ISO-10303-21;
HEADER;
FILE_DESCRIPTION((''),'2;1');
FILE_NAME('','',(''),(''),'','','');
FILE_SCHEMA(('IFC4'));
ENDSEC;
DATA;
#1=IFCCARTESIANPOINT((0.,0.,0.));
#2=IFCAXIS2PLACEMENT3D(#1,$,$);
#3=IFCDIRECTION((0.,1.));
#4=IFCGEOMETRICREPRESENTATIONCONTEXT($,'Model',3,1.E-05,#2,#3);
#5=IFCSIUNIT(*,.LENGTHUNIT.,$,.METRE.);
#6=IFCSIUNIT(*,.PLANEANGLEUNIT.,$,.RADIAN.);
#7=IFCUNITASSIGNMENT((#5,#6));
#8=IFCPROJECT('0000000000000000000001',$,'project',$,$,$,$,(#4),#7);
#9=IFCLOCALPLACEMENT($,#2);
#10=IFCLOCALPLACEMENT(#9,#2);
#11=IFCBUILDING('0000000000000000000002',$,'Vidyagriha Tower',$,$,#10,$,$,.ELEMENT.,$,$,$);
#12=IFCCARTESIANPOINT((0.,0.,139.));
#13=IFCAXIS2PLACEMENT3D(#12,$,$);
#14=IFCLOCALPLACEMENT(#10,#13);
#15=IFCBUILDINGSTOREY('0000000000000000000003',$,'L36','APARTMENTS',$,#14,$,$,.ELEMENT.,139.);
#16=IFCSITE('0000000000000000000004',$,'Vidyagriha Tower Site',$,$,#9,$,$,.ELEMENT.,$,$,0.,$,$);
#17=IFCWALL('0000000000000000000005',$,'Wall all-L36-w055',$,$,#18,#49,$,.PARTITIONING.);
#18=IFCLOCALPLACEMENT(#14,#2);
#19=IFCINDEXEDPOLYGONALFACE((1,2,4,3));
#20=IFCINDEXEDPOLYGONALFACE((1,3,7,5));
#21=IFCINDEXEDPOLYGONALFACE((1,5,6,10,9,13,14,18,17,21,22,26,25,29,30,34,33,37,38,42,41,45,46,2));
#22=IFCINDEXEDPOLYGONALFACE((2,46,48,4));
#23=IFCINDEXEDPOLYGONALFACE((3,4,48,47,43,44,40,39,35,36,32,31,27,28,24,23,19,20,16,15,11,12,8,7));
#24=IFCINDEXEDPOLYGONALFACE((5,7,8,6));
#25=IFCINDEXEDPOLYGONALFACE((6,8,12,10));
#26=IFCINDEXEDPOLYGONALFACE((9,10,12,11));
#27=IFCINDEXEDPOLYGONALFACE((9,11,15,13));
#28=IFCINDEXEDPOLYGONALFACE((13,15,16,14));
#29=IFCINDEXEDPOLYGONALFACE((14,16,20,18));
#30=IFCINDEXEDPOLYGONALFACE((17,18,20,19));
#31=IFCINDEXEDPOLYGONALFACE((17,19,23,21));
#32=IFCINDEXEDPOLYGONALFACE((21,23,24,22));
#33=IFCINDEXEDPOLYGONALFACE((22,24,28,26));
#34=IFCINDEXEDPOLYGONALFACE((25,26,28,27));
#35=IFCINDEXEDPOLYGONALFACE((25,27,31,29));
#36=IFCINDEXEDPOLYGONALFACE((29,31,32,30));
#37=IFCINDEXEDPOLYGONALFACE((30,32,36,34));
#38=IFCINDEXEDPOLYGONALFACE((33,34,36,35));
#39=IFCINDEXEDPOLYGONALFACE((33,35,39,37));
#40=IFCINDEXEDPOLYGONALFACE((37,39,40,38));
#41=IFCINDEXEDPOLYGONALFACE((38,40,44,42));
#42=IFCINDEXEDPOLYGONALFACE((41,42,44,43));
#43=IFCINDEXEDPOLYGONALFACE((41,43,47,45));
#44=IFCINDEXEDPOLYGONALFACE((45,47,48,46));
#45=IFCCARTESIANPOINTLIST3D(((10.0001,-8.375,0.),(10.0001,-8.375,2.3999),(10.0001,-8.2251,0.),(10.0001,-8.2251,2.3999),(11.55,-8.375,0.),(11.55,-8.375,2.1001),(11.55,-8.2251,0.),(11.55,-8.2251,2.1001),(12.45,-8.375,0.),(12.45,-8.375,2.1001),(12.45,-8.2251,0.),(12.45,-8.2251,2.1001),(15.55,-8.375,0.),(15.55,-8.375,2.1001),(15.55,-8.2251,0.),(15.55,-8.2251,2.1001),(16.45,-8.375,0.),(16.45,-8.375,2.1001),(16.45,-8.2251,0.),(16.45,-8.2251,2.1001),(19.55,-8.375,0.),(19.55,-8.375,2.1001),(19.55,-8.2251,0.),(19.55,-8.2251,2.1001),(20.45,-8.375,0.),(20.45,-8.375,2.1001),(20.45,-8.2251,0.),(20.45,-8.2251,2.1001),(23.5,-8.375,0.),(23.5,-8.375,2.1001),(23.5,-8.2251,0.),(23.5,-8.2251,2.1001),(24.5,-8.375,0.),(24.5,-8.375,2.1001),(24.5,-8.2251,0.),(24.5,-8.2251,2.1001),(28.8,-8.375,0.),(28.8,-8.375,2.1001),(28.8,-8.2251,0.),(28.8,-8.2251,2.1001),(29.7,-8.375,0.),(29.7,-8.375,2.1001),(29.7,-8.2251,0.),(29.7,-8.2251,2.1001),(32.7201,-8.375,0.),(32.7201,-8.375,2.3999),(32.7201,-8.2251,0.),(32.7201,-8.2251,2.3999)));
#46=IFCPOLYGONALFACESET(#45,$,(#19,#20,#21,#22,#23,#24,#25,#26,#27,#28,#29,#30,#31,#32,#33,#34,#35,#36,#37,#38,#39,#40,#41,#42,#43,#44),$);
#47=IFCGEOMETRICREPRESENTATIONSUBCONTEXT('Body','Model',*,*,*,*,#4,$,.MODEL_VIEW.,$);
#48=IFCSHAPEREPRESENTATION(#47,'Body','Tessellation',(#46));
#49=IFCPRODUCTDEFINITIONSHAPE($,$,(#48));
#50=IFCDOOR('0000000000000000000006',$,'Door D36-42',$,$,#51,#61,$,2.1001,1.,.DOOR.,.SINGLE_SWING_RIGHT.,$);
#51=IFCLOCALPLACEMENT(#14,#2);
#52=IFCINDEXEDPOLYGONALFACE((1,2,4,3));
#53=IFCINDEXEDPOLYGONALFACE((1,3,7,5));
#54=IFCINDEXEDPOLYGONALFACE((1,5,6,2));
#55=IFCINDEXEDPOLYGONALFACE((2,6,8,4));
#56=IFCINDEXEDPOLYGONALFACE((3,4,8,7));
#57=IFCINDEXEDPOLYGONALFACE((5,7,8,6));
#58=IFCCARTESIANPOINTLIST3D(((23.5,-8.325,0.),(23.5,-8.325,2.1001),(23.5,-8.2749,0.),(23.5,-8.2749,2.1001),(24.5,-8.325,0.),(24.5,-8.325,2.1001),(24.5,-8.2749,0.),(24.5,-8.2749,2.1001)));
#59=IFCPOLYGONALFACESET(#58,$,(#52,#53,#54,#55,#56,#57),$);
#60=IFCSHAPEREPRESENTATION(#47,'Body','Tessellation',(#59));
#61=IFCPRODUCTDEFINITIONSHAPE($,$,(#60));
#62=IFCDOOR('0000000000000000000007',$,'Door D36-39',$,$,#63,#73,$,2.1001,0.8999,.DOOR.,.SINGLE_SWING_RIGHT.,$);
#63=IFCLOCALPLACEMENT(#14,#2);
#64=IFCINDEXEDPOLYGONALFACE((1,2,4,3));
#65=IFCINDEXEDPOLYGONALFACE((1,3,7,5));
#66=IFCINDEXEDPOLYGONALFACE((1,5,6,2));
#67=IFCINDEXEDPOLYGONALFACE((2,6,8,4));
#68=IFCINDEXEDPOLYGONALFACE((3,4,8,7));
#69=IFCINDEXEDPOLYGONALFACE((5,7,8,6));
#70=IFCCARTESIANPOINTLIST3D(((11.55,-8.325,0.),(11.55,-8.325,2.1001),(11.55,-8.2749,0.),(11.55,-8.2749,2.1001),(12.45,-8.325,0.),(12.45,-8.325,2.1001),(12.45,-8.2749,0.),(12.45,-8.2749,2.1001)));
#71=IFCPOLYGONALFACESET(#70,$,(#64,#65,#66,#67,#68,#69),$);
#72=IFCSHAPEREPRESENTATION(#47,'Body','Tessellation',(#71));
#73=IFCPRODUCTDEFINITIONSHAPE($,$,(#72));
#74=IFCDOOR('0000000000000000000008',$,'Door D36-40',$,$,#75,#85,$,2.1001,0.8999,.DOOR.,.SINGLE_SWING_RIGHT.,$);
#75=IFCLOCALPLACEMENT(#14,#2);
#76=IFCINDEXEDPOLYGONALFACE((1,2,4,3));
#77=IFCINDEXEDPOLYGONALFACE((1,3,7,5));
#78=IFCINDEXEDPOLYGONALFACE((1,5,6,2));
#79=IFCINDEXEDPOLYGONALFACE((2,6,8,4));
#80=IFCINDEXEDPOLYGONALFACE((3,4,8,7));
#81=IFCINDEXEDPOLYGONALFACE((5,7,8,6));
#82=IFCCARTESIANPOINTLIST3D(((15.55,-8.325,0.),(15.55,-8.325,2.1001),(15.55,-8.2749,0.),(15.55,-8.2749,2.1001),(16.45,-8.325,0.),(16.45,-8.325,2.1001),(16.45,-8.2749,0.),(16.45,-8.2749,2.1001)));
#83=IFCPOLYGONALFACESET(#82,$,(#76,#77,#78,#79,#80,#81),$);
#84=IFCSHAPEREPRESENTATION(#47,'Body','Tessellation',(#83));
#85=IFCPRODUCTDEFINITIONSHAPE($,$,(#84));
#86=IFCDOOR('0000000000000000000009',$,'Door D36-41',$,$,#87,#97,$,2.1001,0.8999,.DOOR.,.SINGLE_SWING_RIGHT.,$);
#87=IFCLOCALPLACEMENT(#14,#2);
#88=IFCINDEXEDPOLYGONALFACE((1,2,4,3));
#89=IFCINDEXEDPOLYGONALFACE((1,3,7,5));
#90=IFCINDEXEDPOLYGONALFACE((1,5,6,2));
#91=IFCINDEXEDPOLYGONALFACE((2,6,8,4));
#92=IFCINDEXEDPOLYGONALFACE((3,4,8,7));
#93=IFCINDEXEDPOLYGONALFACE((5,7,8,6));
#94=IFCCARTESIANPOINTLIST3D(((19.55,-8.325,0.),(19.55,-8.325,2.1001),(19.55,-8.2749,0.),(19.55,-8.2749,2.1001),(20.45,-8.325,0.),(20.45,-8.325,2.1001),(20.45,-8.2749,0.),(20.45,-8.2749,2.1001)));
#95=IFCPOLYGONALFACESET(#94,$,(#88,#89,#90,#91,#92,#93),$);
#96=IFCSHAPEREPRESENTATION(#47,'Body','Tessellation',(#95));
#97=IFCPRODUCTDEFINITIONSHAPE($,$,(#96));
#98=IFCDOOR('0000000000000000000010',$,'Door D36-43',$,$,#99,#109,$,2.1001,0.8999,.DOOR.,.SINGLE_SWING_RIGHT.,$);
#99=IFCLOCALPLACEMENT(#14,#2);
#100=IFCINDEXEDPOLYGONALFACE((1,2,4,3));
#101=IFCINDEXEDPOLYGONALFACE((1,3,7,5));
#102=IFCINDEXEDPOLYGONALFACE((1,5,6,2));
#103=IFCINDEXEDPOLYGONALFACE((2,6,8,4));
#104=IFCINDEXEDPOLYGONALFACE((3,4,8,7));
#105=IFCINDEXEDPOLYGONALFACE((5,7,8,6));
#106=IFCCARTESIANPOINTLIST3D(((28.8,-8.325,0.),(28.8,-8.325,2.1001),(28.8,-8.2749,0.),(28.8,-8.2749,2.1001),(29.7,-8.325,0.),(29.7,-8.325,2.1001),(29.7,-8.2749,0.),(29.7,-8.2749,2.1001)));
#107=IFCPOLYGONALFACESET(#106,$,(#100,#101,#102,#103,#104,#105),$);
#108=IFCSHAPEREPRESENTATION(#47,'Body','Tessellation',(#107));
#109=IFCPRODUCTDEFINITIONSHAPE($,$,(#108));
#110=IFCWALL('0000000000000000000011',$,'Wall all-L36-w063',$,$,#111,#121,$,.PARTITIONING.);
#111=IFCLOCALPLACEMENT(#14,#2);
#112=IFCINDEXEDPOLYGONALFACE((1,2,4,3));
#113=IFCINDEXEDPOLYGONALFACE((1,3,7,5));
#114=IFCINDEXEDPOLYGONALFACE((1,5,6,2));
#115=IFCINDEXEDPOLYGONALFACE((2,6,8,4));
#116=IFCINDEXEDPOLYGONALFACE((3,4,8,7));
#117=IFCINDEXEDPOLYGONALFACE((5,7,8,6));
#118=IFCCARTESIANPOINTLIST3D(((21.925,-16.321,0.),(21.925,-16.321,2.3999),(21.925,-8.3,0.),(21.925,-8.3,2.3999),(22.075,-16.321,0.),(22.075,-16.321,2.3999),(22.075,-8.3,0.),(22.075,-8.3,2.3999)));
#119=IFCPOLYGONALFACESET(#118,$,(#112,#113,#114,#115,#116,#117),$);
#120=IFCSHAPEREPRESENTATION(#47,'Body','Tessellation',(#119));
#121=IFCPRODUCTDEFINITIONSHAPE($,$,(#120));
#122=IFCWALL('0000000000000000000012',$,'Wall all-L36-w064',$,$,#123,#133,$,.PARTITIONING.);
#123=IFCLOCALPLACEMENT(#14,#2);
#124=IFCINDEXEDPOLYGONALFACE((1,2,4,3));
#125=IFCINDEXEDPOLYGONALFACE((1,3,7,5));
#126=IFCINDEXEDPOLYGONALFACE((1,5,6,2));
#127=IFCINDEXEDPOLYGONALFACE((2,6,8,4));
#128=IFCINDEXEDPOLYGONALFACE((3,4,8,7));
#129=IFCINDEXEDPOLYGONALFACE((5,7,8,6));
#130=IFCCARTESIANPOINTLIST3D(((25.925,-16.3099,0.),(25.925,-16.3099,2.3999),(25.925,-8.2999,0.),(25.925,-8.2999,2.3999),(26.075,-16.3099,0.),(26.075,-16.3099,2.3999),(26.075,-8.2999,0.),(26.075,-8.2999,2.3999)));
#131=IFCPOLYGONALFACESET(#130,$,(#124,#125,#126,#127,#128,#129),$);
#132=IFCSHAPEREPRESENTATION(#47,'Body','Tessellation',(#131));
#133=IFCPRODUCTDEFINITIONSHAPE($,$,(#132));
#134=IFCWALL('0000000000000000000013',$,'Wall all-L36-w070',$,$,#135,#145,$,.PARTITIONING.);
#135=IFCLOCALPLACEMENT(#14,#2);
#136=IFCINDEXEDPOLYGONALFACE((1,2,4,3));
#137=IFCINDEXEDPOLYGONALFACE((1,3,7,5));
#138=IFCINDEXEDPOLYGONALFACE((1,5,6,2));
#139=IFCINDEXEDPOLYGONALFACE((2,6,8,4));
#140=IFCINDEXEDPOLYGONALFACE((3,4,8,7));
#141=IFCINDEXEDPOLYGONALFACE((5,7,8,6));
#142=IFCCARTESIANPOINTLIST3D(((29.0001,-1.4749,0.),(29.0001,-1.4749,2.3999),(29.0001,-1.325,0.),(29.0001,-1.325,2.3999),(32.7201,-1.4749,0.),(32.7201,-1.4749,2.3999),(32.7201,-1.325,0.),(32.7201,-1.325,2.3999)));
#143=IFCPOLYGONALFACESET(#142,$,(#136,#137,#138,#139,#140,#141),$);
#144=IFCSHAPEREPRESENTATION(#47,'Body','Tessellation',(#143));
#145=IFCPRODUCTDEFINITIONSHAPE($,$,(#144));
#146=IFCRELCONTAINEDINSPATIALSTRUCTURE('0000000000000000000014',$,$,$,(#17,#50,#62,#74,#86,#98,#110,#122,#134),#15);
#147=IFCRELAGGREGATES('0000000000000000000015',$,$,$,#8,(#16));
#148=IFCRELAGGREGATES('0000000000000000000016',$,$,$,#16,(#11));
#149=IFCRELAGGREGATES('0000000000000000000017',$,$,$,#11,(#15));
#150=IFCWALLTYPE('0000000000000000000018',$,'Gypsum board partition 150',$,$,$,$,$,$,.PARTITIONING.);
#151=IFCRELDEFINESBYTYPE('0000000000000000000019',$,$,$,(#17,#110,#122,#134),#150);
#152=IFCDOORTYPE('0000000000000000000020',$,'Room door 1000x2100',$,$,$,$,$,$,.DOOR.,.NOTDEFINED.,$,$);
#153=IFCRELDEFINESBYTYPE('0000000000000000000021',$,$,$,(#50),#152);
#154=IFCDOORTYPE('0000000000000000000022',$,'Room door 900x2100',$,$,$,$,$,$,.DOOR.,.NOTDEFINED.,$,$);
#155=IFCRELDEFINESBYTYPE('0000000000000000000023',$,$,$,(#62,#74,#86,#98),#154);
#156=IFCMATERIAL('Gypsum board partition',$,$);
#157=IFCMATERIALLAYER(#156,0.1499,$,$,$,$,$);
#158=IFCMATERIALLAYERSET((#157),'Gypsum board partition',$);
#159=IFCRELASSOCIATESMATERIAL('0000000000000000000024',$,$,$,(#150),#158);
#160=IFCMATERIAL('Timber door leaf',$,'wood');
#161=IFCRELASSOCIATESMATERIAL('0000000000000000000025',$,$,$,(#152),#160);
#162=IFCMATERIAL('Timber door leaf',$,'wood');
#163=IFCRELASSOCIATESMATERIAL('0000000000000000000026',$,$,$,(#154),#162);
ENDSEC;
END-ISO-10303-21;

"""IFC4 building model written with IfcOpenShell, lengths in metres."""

from ifc_helpers import new_model, si_unit, direction, frame, frame_2d, origin, place, context, subcontext, project, spatial, rectangle, extrude, material, layer, layer_set, type_object, element, fill, save


model = new_model("IFC4")

# Units and contexts
model_context = context("Model", 3, precision=1e-05, world=origin(), true_north=direction((0.0, 1.0)))
body_context = subcontext(model_context, "Body", "Model", "MODEL_VIEW")
ifc_project = project(units=[si_unit("LENGTHUNIT", "METRE"), si_unit("PLANEANGLEUNIT", "RADIAN")], contexts=[model_context])

# Site, building, storey
site_placement = place(None, origin())
site = spatial("IfcSite", under=ifc_project, at=site_placement, Name="Vidyagriha Tower Site", CompositionType="ELEMENT", RefElevation=0.0)
building_placement = place(site_placement, origin())
building = spatial("IfcBuilding", under=site, at=building_placement, Name="Vidyagriha Tower", CompositionType="ELEMENT")
storey_placement = place(building_placement, frame((0.0, 0.0, 139.0)))
storey = spatial("IfcBuildingStorey", under=building, at=storey_placement, Name="L36", Description="APARTMENTS", CompositionType="ELEMENT", Elevation=139.0)

# Shared definitions
ifc_material_1 = material(Name="Gypsum board partition")
ifc_layer_1 = layer(ifc_material_1, 0.1499)
ifc_layer_set_1 = layer_set([ifc_layer_1], Name="Gypsum board partition")
wall_type_1 = type_object("IfcWallType", Name="Gypsum board partition 150", PredefinedType="PARTITIONING", material=ifc_layer_set_1)

# Wall, openings, doors
wall_1_placement = place(storey_placement, frame((32.72, -8.3, 0.0), z_axis=(0.0, 0.0, 1.0), x_axis=(-1.0, 0.0, 0.0)))
wall_1 = element("IfcWall", 1, at=wall_1_placement, inside=storey, type_object=wall_type_1, Name="Wall all-L36-w055", PredefinedType="PARTITIONING", context=body_context, shape_type="SweptSolid", body=[
    extrude(rectangle(XDim=22.72, YDim=0.1499, at=frame_2d((11.3599, 0.0))), origin(), (0.0, 0.0, 1.0), 2.3999),
])
opening_1_placement = place(wall_1_placement, frame((20.27, 0.0, 0.0)))
opening_1 = element("IfcOpeningElement", 2, at=opening_1_placement, cuts=wall_1, PredefinedType="OPENING", context=body_context, shape_type="SweptSolid", body=[
    extrude(rectangle(XDim=0.8999, YDim=2.1001, at=frame_2d((0.45, 1.05))), frame((0.0, 0.085, 0.0), z_axis=(0.0, -1.0, 0.0), x_axis=(1.0, 0.0, 0.0)), (0.0, 0.0, 1.0), 0.1699),
])
opening_2_placement = place(wall_1_placement, frame((16.27, 0.0, 0.0)))
opening_2 = element("IfcOpeningElement", 3, at=opening_2_placement, cuts=wall_1, PredefinedType="OPENING", context=body_context, shape_type="SweptSolid", body=[
    extrude(rectangle(XDim=0.8999, YDim=2.1001, at=frame_2d((0.45, 1.05))), frame((0.0, 0.085, 0.0), z_axis=(0.0, -1.0, 0.0), x_axis=(1.0, 0.0, 0.0)), (0.0, 0.0, 1.0), 0.1699),
])
opening_3_placement = place(wall_1_placement, frame((12.27, 0.0, 0.0)))
opening_3 = element("IfcOpeningElement", 4, at=opening_3_placement, cuts=wall_1, PredefinedType="OPENING", context=body_context, shape_type="SweptSolid", body=[
    extrude(rectangle(XDim=0.8999, YDim=2.1001, at=frame_2d((0.45, 1.05))), frame((0.0, 0.085, 0.0), z_axis=(0.0, -1.0, 0.0), x_axis=(1.0, 0.0, 0.0)), (0.0, 0.0, 1.0), 0.1699),
])
opening_4_placement = place(wall_1_placement, frame((8.22, 0.0, 0.0)))
opening_4 = element("IfcOpeningElement", 5, at=opening_4_placement, cuts=wall_1, PredefinedType="OPENING", context=body_context, shape_type="SweptSolid", body=[
    extrude(rectangle(XDim=1.0, YDim=2.1001, at=frame_2d((0.5, 1.05))), frame((0.0, 0.085, 0.0), z_axis=(0.0, -1.0, 0.0), x_axis=(1.0, 0.0, 0.0)), (0.0, 0.0, 1.0), 0.1699),
])
opening_5_placement = place(wall_1_placement, frame((3.02, 0.0, 0.0)))
opening_5 = element("IfcOpeningElement", 6, at=opening_5_placement, cuts=wall_1, PredefinedType="OPENING", context=body_context, shape_type="SweptSolid", body=[
    extrude(rectangle(XDim=0.8999, YDim=2.1001, at=frame_2d((0.45, 1.05))), frame((0.0, 0.085, 0.0), z_axis=(0.0, -1.0, 0.0), x_axis=(1.0, 0.0, 0.0)), (0.0, 0.0, 1.0), 0.1699),
])
ifc_material_2 = material(Name="Timber door leaf", Category="wood")
door_type_1 = type_object("IfcDoorType", Name="Room door 1000x2100", OperationType="NOTDEFINED", PredefinedType="DOOR", material=ifc_material_2)
door_1_placement = place(opening_4_placement, origin())
door_1 = element("IfcDoor", 7, at=door_1_placement, inside=storey, type_object=door_type_1, Name="Door D36-42", OperationType="SINGLE_SWING_RIGHT", OverallHeight=2.1001, OverallWidth=1.0, PredefinedType="DOOR", context=body_context, shape_type="SweptSolid", body=[
    extrude(rectangle(XDim=1.0, YDim=2.1001, at=frame_2d((0.5, 1.05))), frame((0.0, 0.0249, 0.0), z_axis=(0.0, -1.0, 0.0), x_axis=(1.0, 0.0, 0.0)), (0.0, 0.0, 1.0), 0.05),
])
fill(opening_4, door_1)
ifc_material_3 = material(Name="Timber door leaf", Category="wood")
door_type_2 = type_object("IfcDoorType", Name="Room door 900x2100", OperationType="NOTDEFINED", PredefinedType="DOOR", material=ifc_material_3)
door_2_placement = place(opening_1_placement, origin())
door_2 = element("IfcDoor", 8, at=door_2_placement, inside=storey, type_object=door_type_2, Name="Door D36-39", OperationType="SINGLE_SWING_RIGHT", OverallHeight=2.1001, OverallWidth=0.8999, PredefinedType="DOOR", context=body_context, shape_type="SweptSolid", body=[
    extrude(rectangle(XDim=0.8999, YDim=2.1001, at=frame_2d((0.45, 1.05))), frame((0.0, 0.0249, 0.0), z_axis=(0.0, -1.0, 0.0), x_axis=(1.0, 0.0, 0.0)), (0.0, 0.0, 1.0), 0.05),
])
fill(opening_1, door_2)
door_3_placement = place(opening_2_placement, origin())
door_3 = element("IfcDoor", 9, at=door_3_placement, inside=storey, type_object=door_type_2, Name="Door D36-40", OperationType="SINGLE_SWING_RIGHT", OverallHeight=2.1001, OverallWidth=0.8999, PredefinedType="DOOR", context=body_context, shape_type="SweptSolid", body=[
    extrude(rectangle(XDim=0.8999, YDim=2.1001, at=frame_2d((0.45, 1.05))), frame((0.0, 0.0249, 0.0), z_axis=(0.0, -1.0, 0.0), x_axis=(1.0, 0.0, 0.0)), (0.0, 0.0, 1.0), 0.05),
])
fill(opening_2, door_3)
door_4_placement = place(opening_3_placement, origin())
door_4 = element("IfcDoor", 10, at=door_4_placement, inside=storey, type_object=door_type_2, Name="Door D36-41", OperationType="SINGLE_SWING_RIGHT", OverallHeight=2.1001, OverallWidth=0.8999, PredefinedType="DOOR", context=body_context, shape_type="SweptSolid", body=[
    extrude(rectangle(XDim=0.8999, YDim=2.1001, at=frame_2d((0.45, 1.05))), frame((0.0, 0.0249, 0.0), z_axis=(0.0, -1.0, 0.0), x_axis=(1.0, 0.0, 0.0)), (0.0, 0.0, 1.0), 0.05),
])
fill(opening_3, door_4)
door_5_placement = place(opening_5_placement, origin())
door_5 = element("IfcDoor", 11, at=door_5_placement, inside=storey, type_object=door_type_2, Name="Door D36-43", OperationType="SINGLE_SWING_RIGHT", OverallHeight=2.1001, OverallWidth=0.8999, PredefinedType="DOOR", context=body_context, shape_type="SweptSolid", body=[
    extrude(rectangle(XDim=0.8999, YDim=2.1001, at=frame_2d((0.45, 1.05))), frame((0.0, 0.0249, 0.0), z_axis=(0.0, -1.0, 0.0), x_axis=(1.0, 0.0, 0.0)), (0.0, 0.0, 1.0), 0.05),
])
fill(opening_5, door_5)

# Walls
wall_2_placement = place(storey_placement, frame((22.0, -8.3, 0.0), z_axis=(0.0, 0.0, 1.0), x_axis=(0.0, -1.0, 0.0)))
element("IfcWall", 12, at=wall_2_placement, inside=storey, type_object=wall_type_1, Name="Wall all-L36-w063", PredefinedType="PARTITIONING", context=body_context, shape_type="SweptSolid", body=[
    extrude(rectangle(XDim=8.021, YDim=0.1499, at=frame_2d((4.0105, 0.0))), origin(), (0.0, 0.0, 1.0), 2.3999),
])
wall_3_placement = place(storey_placement, frame((26.0, -8.3, 0.0), z_axis=(0.0, 0.0, 1.0), x_axis=(0.0, -1.0, 0.0)))
element("IfcWall", 13, at=wall_3_placement, inside=storey, type_object=wall_type_1, Name="Wall all-L36-w064", PredefinedType="PARTITIONING", context=body_context, shape_type="SweptSolid", body=[
    extrude(rectangle(XDim=8.01, YDim=0.1499, at=frame_2d((4.0049, 0.0))), origin(), (0.0, 0.0, 1.0), 2.3999),
])
wall_4_placement = place(storey_placement, frame((32.72, -1.3999, 0.0), z_axis=(0.0, 0.0, 1.0), x_axis=(-1.0, 0.0, 0.0)))
element("IfcWall", 14, at=wall_4_placement, inside=storey, type_object=wall_type_1, Name="Wall all-L36-w070", PredefinedType="PARTITIONING", context=body_context, shape_type="SweptSolid", body=[
    extrude(rectangle(XDim=3.72, YDim=0.1499, at=frame_2d((1.8599, 0.0))), origin(), (0.0, 0.0, 1.0), 2.3999),
])

save(model, "model.ifc")
